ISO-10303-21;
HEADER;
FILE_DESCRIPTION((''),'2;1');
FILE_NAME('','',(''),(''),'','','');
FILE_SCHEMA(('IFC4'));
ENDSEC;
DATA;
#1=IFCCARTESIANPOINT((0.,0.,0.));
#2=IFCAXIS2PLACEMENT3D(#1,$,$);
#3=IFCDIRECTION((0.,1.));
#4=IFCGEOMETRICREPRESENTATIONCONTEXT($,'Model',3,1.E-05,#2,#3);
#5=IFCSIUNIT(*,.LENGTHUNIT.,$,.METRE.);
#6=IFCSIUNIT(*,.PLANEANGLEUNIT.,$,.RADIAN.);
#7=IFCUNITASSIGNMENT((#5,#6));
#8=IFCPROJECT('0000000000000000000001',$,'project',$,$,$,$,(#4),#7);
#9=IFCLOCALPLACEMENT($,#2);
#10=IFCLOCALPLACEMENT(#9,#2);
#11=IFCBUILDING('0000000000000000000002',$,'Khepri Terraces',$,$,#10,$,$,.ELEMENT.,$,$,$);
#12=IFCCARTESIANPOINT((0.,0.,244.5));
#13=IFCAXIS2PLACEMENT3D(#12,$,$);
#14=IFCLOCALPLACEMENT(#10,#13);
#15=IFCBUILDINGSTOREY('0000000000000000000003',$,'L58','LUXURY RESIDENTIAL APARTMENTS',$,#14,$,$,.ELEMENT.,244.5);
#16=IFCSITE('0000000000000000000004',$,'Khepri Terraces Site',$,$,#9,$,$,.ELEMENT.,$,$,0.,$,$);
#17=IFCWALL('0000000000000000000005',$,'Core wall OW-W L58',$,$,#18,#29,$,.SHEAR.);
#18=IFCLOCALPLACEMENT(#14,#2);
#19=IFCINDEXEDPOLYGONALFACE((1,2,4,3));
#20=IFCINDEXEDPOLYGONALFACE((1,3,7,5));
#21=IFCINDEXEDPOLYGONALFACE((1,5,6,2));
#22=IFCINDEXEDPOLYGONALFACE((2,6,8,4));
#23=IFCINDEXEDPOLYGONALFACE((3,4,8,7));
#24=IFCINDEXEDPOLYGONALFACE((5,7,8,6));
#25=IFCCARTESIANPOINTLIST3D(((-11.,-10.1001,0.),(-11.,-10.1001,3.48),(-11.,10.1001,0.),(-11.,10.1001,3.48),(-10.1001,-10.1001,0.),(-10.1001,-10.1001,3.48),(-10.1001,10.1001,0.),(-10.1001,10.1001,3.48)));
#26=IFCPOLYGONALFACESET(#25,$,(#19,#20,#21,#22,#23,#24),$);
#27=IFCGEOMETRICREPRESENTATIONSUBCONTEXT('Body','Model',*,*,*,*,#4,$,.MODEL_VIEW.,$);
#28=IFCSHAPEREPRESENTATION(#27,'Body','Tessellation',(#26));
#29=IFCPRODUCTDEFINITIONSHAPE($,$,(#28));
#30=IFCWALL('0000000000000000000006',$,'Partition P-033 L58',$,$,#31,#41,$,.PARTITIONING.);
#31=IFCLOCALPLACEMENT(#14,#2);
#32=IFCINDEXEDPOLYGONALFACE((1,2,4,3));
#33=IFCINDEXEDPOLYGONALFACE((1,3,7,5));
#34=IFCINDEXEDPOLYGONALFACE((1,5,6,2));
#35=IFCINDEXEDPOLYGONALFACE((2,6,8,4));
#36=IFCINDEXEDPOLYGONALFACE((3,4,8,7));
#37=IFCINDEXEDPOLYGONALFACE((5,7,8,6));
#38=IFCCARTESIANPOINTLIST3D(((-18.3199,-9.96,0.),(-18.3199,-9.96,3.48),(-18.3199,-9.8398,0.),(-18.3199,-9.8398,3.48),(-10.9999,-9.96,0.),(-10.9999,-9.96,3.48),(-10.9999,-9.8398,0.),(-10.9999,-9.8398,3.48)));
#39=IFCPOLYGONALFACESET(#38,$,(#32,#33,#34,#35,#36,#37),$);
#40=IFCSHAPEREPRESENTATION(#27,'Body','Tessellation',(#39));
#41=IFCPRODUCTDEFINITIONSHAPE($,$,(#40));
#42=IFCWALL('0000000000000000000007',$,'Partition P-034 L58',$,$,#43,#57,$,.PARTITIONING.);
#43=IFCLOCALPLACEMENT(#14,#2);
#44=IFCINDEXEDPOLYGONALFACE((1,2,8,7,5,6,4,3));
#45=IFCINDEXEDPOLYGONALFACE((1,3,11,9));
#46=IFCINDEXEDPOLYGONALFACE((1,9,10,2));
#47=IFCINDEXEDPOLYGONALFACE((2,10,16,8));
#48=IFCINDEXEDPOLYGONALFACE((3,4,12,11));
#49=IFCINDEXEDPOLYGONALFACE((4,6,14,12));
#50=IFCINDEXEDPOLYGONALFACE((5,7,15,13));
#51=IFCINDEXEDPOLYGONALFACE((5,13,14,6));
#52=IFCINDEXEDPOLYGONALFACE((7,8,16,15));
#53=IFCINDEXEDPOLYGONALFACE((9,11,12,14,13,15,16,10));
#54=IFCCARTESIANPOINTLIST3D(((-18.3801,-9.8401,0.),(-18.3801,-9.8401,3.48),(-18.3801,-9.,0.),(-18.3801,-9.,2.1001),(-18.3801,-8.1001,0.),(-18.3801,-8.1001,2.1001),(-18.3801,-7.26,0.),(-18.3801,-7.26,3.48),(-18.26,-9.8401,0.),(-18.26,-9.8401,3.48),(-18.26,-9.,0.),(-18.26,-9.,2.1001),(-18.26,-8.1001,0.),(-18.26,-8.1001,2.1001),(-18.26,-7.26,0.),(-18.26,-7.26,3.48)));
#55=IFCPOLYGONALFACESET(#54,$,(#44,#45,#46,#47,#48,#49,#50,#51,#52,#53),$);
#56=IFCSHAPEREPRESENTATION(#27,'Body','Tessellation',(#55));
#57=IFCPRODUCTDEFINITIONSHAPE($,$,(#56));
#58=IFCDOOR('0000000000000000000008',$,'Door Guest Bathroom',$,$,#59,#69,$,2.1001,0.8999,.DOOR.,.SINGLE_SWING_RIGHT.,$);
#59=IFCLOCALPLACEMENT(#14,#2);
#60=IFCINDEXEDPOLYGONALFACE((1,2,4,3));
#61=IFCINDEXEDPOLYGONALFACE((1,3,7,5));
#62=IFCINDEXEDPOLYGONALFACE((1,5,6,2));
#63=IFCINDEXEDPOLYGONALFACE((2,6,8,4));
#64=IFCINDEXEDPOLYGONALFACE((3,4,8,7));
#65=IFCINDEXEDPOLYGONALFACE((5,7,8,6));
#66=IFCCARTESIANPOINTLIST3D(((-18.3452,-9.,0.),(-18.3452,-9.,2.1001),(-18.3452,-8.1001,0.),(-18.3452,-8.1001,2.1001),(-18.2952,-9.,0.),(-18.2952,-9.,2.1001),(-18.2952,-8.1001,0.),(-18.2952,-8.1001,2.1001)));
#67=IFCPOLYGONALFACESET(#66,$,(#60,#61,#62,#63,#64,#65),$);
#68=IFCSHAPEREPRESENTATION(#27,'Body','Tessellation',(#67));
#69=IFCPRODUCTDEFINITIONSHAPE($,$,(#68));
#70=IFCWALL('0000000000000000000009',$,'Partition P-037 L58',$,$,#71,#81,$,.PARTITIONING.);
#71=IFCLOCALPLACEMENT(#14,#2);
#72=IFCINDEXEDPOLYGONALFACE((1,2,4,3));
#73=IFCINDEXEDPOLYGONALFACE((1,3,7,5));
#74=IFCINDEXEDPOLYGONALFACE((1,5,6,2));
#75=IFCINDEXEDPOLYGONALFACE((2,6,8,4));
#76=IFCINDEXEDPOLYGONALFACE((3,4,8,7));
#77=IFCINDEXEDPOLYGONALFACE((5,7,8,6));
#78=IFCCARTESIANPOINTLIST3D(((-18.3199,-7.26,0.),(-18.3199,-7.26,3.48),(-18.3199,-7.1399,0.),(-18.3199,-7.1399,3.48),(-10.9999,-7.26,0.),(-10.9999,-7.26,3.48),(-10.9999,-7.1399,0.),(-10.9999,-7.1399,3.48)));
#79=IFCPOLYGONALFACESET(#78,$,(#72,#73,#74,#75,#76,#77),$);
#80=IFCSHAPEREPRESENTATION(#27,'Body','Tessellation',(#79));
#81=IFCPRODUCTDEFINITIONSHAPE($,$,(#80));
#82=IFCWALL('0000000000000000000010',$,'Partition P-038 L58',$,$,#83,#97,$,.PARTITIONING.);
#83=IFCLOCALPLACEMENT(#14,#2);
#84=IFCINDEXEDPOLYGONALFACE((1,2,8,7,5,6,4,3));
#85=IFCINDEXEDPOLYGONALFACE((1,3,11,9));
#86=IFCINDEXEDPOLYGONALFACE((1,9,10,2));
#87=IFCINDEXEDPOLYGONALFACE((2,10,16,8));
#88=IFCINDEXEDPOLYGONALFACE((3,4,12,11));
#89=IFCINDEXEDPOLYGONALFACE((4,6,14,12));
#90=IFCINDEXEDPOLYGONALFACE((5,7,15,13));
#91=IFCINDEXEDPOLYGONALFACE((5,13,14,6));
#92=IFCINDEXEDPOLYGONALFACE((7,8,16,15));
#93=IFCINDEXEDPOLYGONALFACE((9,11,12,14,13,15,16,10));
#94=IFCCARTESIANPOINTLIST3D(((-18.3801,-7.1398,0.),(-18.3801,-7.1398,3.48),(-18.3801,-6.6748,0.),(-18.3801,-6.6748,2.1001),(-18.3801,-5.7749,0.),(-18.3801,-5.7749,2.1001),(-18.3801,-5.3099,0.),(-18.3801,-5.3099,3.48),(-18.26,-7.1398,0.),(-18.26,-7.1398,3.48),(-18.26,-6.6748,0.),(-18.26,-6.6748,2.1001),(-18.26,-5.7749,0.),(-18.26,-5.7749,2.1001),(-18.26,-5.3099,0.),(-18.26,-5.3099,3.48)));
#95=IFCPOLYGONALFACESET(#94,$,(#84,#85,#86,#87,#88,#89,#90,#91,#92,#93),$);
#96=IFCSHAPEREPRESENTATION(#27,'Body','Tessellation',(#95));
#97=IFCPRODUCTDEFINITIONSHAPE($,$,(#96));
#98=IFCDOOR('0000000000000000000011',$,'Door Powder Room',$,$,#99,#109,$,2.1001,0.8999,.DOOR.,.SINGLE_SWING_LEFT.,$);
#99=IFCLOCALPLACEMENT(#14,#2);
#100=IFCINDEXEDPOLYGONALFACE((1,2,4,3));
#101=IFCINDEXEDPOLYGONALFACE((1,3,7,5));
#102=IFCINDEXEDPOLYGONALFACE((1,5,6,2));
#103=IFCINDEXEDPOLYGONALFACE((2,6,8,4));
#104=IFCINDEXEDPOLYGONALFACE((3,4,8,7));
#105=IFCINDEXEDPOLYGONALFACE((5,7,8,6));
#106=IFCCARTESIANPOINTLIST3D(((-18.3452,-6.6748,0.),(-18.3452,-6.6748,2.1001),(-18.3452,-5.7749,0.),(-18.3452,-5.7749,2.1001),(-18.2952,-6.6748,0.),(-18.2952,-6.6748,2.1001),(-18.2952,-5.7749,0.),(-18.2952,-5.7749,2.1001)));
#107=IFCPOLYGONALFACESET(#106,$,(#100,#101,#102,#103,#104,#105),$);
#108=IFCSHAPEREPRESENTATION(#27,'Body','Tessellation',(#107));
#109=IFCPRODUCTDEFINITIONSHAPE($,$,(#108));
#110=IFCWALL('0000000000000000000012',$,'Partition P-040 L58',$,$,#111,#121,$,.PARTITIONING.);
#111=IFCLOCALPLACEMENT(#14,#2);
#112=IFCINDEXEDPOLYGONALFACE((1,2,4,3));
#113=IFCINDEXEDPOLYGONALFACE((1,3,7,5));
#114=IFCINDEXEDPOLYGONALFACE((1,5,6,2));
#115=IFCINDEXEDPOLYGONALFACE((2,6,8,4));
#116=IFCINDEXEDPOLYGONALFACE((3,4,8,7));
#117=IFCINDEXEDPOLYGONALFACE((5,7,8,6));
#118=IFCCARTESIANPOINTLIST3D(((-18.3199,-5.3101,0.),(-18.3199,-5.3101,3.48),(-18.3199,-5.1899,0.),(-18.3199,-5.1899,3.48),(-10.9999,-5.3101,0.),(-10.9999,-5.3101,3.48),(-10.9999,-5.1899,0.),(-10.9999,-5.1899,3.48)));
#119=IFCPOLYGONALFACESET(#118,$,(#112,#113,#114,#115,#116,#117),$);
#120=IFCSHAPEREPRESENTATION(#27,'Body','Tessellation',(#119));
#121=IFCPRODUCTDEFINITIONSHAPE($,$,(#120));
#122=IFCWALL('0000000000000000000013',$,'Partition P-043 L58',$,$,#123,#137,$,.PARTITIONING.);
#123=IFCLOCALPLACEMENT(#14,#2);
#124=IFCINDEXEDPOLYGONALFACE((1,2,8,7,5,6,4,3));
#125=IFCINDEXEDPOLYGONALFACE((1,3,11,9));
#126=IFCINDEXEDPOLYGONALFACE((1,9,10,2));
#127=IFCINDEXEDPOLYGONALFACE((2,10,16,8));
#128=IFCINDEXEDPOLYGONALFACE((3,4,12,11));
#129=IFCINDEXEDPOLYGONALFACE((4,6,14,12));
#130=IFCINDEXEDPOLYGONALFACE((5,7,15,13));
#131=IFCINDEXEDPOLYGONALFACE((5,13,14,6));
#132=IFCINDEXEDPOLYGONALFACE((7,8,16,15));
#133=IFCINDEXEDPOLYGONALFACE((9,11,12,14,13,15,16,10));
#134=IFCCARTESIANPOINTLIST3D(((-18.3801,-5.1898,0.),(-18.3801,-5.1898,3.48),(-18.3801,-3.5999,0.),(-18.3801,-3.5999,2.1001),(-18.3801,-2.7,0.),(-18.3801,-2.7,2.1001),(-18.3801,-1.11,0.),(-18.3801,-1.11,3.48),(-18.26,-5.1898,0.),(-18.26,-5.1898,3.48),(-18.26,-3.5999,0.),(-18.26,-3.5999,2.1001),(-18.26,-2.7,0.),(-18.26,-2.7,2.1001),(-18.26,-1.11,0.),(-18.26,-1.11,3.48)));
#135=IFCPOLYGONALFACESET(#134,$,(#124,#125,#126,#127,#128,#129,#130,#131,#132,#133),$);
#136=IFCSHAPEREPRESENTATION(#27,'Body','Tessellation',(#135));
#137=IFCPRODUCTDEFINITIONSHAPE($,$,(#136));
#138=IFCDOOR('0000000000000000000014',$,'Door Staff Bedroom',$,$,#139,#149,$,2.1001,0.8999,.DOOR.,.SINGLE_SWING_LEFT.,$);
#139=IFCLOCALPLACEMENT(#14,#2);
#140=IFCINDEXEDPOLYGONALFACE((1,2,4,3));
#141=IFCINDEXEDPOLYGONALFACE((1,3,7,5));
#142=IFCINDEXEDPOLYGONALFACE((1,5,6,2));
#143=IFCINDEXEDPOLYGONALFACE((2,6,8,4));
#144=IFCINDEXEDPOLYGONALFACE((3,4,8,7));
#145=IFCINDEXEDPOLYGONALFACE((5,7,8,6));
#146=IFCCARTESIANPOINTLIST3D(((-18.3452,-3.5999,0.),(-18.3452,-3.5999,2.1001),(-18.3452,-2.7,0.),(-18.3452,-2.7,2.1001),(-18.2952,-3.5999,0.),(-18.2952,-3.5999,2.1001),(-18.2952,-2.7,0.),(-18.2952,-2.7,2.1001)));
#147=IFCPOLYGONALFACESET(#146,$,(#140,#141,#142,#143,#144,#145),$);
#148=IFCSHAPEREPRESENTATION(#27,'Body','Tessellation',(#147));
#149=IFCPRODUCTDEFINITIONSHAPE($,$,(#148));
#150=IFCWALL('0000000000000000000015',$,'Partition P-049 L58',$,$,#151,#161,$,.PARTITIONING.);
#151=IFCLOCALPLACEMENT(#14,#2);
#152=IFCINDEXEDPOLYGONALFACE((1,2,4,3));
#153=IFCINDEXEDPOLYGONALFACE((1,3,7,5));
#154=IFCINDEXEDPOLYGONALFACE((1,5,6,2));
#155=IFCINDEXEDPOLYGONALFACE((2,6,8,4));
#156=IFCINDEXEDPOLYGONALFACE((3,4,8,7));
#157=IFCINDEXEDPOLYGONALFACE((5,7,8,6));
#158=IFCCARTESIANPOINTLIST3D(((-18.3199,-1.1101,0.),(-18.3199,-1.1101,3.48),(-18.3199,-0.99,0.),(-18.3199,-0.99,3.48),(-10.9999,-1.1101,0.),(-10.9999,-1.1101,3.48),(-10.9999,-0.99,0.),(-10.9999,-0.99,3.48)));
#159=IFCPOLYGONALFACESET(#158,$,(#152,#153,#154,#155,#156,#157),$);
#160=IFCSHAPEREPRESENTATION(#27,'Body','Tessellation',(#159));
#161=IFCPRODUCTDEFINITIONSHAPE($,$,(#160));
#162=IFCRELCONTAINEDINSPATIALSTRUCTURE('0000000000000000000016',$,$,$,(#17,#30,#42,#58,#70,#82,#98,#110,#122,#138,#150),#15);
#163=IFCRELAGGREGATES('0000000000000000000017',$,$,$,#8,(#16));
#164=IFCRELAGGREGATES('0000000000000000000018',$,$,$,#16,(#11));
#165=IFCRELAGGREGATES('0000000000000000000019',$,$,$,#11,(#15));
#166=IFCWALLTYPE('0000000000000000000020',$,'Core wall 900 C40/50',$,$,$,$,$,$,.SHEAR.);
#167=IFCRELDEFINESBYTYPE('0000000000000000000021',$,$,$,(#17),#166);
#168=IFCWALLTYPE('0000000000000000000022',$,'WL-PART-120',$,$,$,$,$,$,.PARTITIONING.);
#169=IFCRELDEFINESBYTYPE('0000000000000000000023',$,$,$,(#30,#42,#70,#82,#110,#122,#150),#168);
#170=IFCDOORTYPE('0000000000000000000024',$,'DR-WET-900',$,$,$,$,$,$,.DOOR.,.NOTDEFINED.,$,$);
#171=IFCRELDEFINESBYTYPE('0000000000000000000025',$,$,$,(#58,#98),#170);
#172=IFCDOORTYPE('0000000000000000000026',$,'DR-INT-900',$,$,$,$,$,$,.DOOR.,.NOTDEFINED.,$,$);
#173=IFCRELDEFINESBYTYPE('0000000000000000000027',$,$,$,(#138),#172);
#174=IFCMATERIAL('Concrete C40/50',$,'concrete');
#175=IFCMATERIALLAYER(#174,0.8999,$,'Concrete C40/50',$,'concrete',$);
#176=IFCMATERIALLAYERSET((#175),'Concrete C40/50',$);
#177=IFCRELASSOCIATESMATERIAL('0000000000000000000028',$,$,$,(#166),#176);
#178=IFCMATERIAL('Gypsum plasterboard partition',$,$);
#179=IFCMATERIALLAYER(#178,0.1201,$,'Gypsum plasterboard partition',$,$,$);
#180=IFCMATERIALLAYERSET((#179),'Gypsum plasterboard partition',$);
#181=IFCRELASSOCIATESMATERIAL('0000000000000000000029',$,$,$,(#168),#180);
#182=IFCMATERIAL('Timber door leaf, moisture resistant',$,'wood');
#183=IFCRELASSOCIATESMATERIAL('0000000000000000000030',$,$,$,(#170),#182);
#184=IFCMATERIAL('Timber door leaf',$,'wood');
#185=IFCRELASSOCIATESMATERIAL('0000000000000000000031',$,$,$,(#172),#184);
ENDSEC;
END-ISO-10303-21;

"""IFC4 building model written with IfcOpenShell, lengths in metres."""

from ifc_helpers import new_model, si_unit, direction, frame, frame_2d, origin, place, context, subcontext, project, spatial, rectangle, extrude, material, layer, layer_set, type_object, element, fill, save


model = new_model("IFC4")

# Units and contexts
model_context = context("Model", 3, precision=1e-05, world=origin(), true_north=direction((0.0, 1.0)))
body_context = subcontext(model_context, "Body", "Model", "MODEL_VIEW")
ifc_project = project(units=[si_unit("LENGTHUNIT", "METRE"), si_unit("PLANEANGLEUNIT", "RADIAN")], contexts=[model_context])

# Site, building, storey
site_placement = place(None, origin())
site = spatial("IfcSite", under=ifc_project, at=site_placement, Name="Khepri Terraces Site", CompositionType="ELEMENT", RefElevation=0.0)
building_placement = place(site_placement, origin())
building = spatial("IfcBuilding", under=site, at=building_placement, Name="Khepri Terraces", CompositionType="ELEMENT")
storey_placement = place(building_placement, frame((0.0, 0.0, 244.5)))
storey = spatial("IfcBuildingStorey", under=building, at=storey_placement, Name="L58", Description="LUXURY RESIDENTIAL APARTMENTS", CompositionType="ELEMENT", Elevation=244.5)

# Walls
ifc_material_1 = material(Name="Concrete C40/50", Category="concrete")
ifc_layer_1 = layer(ifc_material_1, 0.8999, Name="Concrete C40/50", Category="concrete")
ifc_layer_set_1 = layer_set([ifc_layer_1], Name="Concrete C40/50")
wall_type_1 = type_object("IfcWallType", Name="Core wall 900 C40/50", PredefinedType="SHEAR", material=ifc_layer_set_1)
wall_1_placement = place(storey_placement, frame((-10.55, -10.1001, 0.0), z_axis=(0.0, 0.0, 1.0), x_axis=(0.0, 1.0, 0.0)))
element("IfcWall", 1, at=wall_1_placement, inside=storey, type_object=wall_type_1, Name="Core wall OW-W L58", PredefinedType="SHEAR", context=body_context, shape_type="SweptSolid", body=[
    extrude(rectangle(XDim=20.2002, YDim=0.8999, at=frame_2d((10.1001, 0.0))), origin(), (0.0, 0.0, 1.0), 3.48),
])
ifc_material_2 = material(Name="Gypsum plasterboard partition")
ifc_layer_2 = layer(ifc_material_2, 0.1201, Name="Gypsum plasterboard partition")
ifc_layer_set_2 = layer_set([ifc_layer_2], Name="Gypsum plasterboard partition")
wall_type_2 = type_object("IfcWallType", Name="WL-PART-120", PredefinedType="PARTITIONING", material=ifc_layer_set_2)
wall_2_placement = place(storey_placement, frame((-18.3201, -9.8999, 0.0), z_axis=(0.0, 0.0, 1.0), x_axis=(1.0, 0.0, 0.0)))
element("IfcWall", 2, at=wall_2_placement, inside=storey, type_object=wall_type_2, Name="Partition P-033 L58", PredefinedType="PARTITIONING", context=body_context, shape_type="SweptSolid", body=[
    extrude(rectangle(XDim=7.3201, YDim=0.1201, at=frame_2d((3.6602, 0.0))), origin(), (0.0, 0.0, 1.0), 3.48),
])

# Wall, opening, door
wall_3_placement = place(storey_placement, frame((-18.3201, -9.8401, 0.0), z_axis=(0.0, 0.0, 1.0), x_axis=(0.0, 1.0, 0.0)))
wall_3 = element("IfcWall", 3, at=wall_3_placement, inside=storey, type_object=wall_type_2, Name="Partition P-034 L58", PredefinedType="PARTITIONING", context=body_context, shape_type="SweptSolid", body=[
    extrude(rectangle(XDim=2.5801, YDim=0.1201, at=frame_2d((1.29, 0.0))), origin(), (0.0, 0.0, 1.0), 3.48),
])
opening_1_placement = place(wall_3_placement, frame((0.8401, 0.0, 0.0)))
opening_1 = element("IfcOpeningElement", 4, at=opening_1_placement, cuts=wall_3, PredefinedType="OPENING", context=body_context, shape_type="SweptSolid", body=[
    extrude(rectangle(XDim=0.8999, YDim=2.1001, at=frame_2d((0.45, 1.05))), frame((0.0, 0.0701, 0.0), z_axis=(0.0, -1.0, 0.0), x_axis=(1.0, 0.0, 0.0)), (0.0, 0.0, 1.0), 0.1401),
])
ifc_material_3 = material(Name="Timber door leaf, moisture resistant", Category="wood")
door_type_1 = type_object("IfcDoorType", Name="DR-WET-900", OperationType="NOTDEFINED", PredefinedType="DOOR", material=ifc_material_3)
door_1_placement = place(opening_1_placement, frame((0.8999, 0.0, 0.0), z_axis=(0.0, 0.0, 1.0), x_axis=(-1.0, 0.0, 0.0)))
door_1 = element("IfcDoor", 5, at=door_1_placement, inside=storey, type_object=door_type_1, Name="Door Guest Bathroom", OperationType="SINGLE_SWING_RIGHT", OverallHeight=2.1001, OverallWidth=0.8999, PredefinedType="DOOR", context=body_context, shape_type="SweptSolid", body=[
    extrude(rectangle(XDim=0.8999, YDim=2.1001, at=frame_2d((0.45, 1.05))), frame((0.0, 0.0249, 0.0), z_axis=(0.0, -1.0, 0.0), x_axis=(1.0, 0.0, 0.0)), (0.0, 0.0, 1.0), 0.05),
])
fill(opening_1, door_1)

# Wall
wall_4_placement = place(storey_placement, frame((-18.3201, -7.2, 0.0), z_axis=(0.0, 0.0, 1.0), x_axis=(1.0, 0.0, 0.0)))
element("IfcWall", 6, at=wall_4_placement, inside=storey, type_object=wall_type_2, Name="Partition P-037 L58", PredefinedType="PARTITIONING", context=body_context, shape_type="SweptSolid", body=[
    extrude(rectangle(XDim=7.3201, YDim=0.1201, at=frame_2d((3.6602, 0.0))), origin(), (0.0, 0.0, 1.0), 3.48),
])

# Wall, opening, door
wall_5_placement = place(storey_placement, frame((-18.3201, -7.1399, 0.0), z_axis=(0.0, 0.0, 1.0), x_axis=(0.0, 1.0, 0.0)))
wall_5 = element("IfcWall", 7, at=wall_5_placement, inside=storey, type_object=wall_type_2, Name="Partition P-038 L58", PredefinedType="PARTITIONING", context=body_context, shape_type="SweptSolid", body=[
    extrude(rectangle(XDim=1.8298, YDim=0.1201, at=frame_2d((0.915, 0.0))), origin(), (0.0, 0.0, 1.0), 3.48),
])
opening_2_placement = place(wall_5_placement, frame((0.4651, 0.0, 0.0)))
opening_2 = element("IfcOpeningElement", 8, at=opening_2_placement, cuts=wall_5, PredefinedType="OPENING", context=body_context, shape_type="SweptSolid", body=[
    extrude(rectangle(XDim=0.8999, YDim=2.1001, at=frame_2d((0.45, 1.05))), frame((0.0, 0.0701, 0.0), z_axis=(0.0, -1.0, 0.0), x_axis=(1.0, 0.0, 0.0)), (0.0, 0.0, 1.0), 0.1401),
])
door_2_placement = place(opening_2_placement, frame((0.8999, 0.0, 0.0), z_axis=(0.0, 0.0, 1.0), x_axis=(-1.0, 0.0, 0.0)))
door_2 = element("IfcDoor", 9, at=door_2_placement, inside=storey, type_object=door_type_1, Name="Door Powder Room", OperationType="SINGLE_SWING_LEFT", OverallHeight=2.1001, OverallWidth=0.8999, PredefinedType="DOOR", context=body_context, shape_type="SweptSolid", body=[
    extrude(rectangle(XDim=0.8999, YDim=2.1001, at=frame_2d((0.45, 1.05))), frame((0.0, 0.0249, 0.0), z_axis=(0.0, -1.0, 0.0), x_axis=(1.0, 0.0, 0.0)), (0.0, 0.0, 1.0), 0.05),
])
fill(opening_2, door_2)

# Wall
wall_6_placement = place(storey_placement, frame((-18.3201, -5.25, 0.0), z_axis=(0.0, 0.0, 1.0), x_axis=(1.0, 0.0, 0.0)))
element("IfcWall", 10, at=wall_6_placement, inside=storey, type_object=wall_type_2, Name="Partition P-040 L58", PredefinedType="PARTITIONING", context=body_context, shape_type="SweptSolid", body=[
    extrude(rectangle(XDim=7.3201, YDim=0.1201, at=frame_2d((3.6602, 0.0))), origin(), (0.0, 0.0, 1.0), 3.48),
])

# Wall, opening, door
wall_7_placement = place(storey_placement, frame((-18.3201, -5.1899, 0.0), z_axis=(0.0, 0.0, 1.0), x_axis=(0.0, 1.0, 0.0)))
wall_7 = element("IfcWall", 11, at=wall_7_placement, inside=storey, type_object=wall_type_2, Name="Partition P-043 L58", PredefinedType="PARTITIONING", context=body_context, shape_type="SweptSolid", body=[
    extrude(rectangle(XDim=4.0798, YDim=0.1201, at=frame_2d((2.04, 0.0))), origin(), (0.0, 0.0, 1.0), 3.48),
])
opening_3_placement = place(wall_7_placement, frame((1.5901, 0.0, 0.0)))
opening_3 = element("IfcOpeningElement", 12, at=opening_3_placement, cuts=wall_7, PredefinedType="OPENING", context=body_context, shape_type="SweptSolid", body=[
    extrude(rectangle(XDim=0.8999, YDim=2.1001, at=frame_2d((0.45, 1.05))), frame((0.0, 0.0701, 0.0), z_axis=(0.0, -1.0, 0.0), x_axis=(1.0, 0.0, 0.0)), (0.0, 0.0, 1.0), 0.1401),
])
ifc_material_4 = material(Name="Timber door leaf", Category="wood")
door_type_2 = type_object("IfcDoorType", Name="DR-INT-900", OperationType="NOTDEFINED", PredefinedType="DOOR", material=ifc_material_4)
door_3_placement = place(opening_3_placement, frame((0.8999, 0.0, 0.0), z_axis=(0.0, 0.0, 1.0), x_axis=(-1.0, 0.0, 0.0)))
door_3 = element("IfcDoor", 13, at=door_3_placement, inside=storey, type_object=door_type_2, Name="Door Staff Bedroom", OperationType="SINGLE_SWING_LEFT", OverallHeight=2.1001, OverallWidth=0.8999, PredefinedType="DOOR", context=body_context, shape_type="SweptSolid", body=[
    extrude(rectangle(XDim=0.8999, YDim=2.1001, at=frame_2d((0.45, 1.05))), frame((0.0, 0.0249, 0.0), z_axis=(0.0, -1.0, 0.0), x_axis=(1.0, 0.0, 0.0)), (0.0, 0.0, 1.0), 0.05),
])
fill(opening_3, door_3)

# Wall
wall_8_placement = place(storey_placement, frame((-18.3201, -1.05, 0.0), z_axis=(0.0, 0.0, 1.0), x_axis=(1.0, 0.0, 0.0)))
element("IfcWall", 14, at=wall_8_placement, inside=storey, type_object=wall_type_2, Name="Partition P-049 L58", PredefinedType="PARTITIONING", context=body_context, shape_type="SweptSolid", body=[
    extrude(rectangle(XDim=7.3201, YDim=0.1201, at=frame_2d((3.6602, 0.0))), origin(), (0.0, 0.0, 1.0), 3.48),
])

save(model, "model.ifc")
